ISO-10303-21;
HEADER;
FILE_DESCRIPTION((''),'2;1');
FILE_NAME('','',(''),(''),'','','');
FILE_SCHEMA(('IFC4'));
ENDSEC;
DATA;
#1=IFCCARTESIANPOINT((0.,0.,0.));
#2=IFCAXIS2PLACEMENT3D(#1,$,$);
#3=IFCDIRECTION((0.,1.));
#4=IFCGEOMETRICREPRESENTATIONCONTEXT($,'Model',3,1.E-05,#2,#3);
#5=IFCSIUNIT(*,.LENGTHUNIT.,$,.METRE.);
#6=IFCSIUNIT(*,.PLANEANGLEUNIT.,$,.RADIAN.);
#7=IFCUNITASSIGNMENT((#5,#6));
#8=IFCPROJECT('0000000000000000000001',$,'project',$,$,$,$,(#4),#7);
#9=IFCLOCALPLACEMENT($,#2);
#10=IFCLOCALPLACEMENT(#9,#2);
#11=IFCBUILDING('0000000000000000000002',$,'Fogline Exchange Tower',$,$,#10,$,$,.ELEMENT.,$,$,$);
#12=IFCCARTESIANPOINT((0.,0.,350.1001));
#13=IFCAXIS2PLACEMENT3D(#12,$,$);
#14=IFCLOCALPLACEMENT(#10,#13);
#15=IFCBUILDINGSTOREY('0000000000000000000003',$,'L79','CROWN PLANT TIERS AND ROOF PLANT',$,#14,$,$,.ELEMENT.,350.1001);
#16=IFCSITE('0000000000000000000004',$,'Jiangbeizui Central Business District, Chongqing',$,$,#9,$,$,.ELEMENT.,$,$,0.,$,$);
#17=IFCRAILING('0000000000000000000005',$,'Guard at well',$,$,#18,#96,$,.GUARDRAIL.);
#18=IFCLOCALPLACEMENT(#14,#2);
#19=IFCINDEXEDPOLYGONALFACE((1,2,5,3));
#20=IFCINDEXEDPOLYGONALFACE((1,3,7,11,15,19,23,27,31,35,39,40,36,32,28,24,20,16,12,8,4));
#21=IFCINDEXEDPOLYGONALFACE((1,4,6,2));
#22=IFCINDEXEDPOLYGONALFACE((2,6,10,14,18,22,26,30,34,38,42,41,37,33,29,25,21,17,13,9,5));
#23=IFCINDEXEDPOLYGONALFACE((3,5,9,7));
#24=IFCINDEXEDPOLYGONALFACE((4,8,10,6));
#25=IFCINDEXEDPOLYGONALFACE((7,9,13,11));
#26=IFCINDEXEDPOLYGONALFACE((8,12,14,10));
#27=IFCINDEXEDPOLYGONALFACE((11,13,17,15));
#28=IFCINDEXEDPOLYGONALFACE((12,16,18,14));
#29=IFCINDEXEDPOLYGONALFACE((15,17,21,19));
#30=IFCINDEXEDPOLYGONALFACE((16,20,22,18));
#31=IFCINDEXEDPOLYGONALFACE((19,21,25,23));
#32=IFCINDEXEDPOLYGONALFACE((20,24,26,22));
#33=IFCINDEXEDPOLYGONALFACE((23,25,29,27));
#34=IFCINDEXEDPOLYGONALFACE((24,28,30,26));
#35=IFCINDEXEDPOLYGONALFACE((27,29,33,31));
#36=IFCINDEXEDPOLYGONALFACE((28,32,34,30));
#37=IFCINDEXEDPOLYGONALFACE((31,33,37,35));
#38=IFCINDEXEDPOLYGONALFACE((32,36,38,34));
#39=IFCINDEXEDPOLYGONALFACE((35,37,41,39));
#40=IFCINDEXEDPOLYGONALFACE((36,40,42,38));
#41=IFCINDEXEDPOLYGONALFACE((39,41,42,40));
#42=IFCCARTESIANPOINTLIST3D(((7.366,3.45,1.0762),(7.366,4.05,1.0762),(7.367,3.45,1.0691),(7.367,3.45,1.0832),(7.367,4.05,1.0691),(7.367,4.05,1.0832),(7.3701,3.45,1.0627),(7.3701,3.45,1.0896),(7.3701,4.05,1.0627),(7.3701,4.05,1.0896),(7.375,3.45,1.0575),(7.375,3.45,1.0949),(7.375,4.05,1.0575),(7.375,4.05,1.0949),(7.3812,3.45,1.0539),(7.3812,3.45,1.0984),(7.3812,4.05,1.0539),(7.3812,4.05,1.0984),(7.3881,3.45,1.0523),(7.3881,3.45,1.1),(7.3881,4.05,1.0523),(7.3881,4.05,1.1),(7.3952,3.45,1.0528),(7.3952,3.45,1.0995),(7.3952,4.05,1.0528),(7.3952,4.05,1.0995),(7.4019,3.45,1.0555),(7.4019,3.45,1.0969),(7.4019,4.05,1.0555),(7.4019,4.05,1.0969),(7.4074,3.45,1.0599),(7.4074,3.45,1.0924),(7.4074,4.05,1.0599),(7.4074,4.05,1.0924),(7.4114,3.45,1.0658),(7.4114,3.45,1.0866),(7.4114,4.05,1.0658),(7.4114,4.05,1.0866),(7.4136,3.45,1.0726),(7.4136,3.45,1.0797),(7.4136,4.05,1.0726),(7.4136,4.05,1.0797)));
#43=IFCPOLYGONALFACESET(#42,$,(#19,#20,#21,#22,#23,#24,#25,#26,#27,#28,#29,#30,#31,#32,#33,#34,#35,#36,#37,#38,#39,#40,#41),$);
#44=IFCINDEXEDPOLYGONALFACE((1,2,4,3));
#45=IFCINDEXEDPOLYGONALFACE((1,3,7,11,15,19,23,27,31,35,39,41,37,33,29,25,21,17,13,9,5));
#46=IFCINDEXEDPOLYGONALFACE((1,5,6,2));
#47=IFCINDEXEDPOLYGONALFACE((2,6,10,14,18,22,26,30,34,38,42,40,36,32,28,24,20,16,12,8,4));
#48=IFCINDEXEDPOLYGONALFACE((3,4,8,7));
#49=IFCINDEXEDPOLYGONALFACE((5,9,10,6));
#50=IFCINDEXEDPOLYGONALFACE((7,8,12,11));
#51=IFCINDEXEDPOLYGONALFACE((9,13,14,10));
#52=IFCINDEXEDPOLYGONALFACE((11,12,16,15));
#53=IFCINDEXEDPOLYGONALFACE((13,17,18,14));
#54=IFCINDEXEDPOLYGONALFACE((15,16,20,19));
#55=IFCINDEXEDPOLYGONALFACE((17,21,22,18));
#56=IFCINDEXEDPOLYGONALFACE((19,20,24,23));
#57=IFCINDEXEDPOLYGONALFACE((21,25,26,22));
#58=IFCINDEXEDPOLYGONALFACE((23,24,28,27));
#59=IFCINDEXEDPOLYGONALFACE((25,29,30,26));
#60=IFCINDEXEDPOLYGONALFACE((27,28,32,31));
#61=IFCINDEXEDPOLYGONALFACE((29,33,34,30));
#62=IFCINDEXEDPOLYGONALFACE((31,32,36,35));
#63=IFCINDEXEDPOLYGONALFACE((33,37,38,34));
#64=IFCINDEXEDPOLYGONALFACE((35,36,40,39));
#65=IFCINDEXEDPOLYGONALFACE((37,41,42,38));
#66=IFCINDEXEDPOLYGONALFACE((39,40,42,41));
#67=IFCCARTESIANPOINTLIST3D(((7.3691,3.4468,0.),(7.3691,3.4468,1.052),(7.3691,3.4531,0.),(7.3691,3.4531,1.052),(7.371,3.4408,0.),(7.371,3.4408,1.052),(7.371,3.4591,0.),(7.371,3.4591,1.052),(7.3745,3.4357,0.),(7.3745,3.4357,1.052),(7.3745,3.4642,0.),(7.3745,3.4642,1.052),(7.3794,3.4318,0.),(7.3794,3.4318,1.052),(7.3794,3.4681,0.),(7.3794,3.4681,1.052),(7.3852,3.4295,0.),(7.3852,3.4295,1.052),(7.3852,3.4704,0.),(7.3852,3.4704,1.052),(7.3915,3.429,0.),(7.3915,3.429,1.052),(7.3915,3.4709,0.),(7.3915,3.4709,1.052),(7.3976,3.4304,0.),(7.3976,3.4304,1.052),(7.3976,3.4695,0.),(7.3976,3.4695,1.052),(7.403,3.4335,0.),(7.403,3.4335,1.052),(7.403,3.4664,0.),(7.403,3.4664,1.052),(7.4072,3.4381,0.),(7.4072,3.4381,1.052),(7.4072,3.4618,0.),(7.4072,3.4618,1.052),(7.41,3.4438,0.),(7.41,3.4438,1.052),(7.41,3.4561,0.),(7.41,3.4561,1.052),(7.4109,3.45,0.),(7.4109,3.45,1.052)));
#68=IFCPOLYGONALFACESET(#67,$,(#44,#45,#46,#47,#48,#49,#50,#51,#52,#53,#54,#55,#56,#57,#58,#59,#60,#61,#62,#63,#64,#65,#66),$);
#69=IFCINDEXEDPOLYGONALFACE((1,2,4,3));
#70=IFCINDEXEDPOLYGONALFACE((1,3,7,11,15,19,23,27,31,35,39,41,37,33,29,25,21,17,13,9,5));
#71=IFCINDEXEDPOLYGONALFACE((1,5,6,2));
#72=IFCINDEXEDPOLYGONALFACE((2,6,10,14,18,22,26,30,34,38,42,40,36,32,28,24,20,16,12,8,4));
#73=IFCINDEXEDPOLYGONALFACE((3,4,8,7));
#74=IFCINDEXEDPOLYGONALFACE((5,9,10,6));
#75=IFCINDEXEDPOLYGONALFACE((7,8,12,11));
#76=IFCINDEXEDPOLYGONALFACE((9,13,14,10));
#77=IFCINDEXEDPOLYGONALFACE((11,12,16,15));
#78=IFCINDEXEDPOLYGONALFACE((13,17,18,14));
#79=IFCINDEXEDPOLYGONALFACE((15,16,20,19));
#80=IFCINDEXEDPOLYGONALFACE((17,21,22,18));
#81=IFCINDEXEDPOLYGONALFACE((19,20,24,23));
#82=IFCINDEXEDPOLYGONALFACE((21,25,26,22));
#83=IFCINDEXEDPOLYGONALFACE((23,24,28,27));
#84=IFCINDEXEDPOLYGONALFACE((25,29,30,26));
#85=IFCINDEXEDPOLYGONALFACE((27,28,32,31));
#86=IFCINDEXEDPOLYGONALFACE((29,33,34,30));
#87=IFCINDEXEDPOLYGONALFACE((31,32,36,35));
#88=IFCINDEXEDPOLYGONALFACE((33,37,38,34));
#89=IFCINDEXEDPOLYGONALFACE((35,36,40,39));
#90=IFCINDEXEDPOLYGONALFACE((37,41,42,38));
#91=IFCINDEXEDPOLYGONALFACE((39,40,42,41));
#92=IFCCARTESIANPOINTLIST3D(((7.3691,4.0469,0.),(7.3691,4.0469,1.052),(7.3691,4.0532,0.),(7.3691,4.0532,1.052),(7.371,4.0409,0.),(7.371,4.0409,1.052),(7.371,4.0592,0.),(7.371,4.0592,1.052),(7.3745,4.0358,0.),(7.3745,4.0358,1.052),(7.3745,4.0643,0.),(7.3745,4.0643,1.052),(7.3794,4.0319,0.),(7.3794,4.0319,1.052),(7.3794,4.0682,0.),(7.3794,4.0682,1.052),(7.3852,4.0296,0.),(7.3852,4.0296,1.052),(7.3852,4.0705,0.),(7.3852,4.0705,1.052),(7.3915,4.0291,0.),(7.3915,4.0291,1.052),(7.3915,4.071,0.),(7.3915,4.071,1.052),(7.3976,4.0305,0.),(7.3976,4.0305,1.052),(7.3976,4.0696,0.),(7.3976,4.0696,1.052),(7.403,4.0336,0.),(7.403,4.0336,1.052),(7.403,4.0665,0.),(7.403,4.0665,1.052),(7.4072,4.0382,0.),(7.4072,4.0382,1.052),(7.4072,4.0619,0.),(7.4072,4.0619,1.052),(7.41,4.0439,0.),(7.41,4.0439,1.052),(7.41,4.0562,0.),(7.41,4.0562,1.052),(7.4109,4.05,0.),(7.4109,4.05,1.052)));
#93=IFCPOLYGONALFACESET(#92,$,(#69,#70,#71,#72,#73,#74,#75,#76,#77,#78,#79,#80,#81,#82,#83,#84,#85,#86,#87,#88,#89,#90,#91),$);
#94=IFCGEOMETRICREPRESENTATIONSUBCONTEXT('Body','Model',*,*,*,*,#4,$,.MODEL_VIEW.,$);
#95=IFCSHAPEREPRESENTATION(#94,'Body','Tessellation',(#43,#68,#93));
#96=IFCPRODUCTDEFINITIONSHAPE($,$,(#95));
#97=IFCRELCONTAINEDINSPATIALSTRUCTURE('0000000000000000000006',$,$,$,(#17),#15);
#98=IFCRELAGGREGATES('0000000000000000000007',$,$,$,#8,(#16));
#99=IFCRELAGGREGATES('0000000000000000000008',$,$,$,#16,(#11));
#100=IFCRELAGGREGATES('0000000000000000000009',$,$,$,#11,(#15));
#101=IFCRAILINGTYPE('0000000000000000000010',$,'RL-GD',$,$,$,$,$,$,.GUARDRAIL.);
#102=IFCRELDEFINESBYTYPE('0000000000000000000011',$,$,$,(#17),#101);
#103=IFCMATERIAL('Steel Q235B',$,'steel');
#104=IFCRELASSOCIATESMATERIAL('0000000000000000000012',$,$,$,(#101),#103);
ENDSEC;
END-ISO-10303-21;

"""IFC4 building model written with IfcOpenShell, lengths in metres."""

from ifc_helpers import new_model, si_unit, direction, frame, origin, origin_2d, place, context, subcontext, project, spatial, circle, extrude, material, type_object, element, save


model = new_model("IFC4")

# Units and contexts
model_context = context("Model", 3, precision=1e-05, world=origin(), true_north=direction((0.0, 1.0)))
body_context = subcontext(model_context, "Body", "Model", "MODEL_VIEW")
ifc_project = project(units=[si_unit("LENGTHUNIT", "METRE"), si_unit("PLANEANGLEUNIT", "RADIAN")], contexts=[model_context])

# Site, building, storey
site_placement = place(None, origin())
site = spatial("IfcSite", under=ifc_project, at=site_placement, Name="Jiangbeizui Central Business District, Chongqing", CompositionType="ELEMENT", RefElevation=0.0)
building_placement = place(site_placement, origin())
building = spatial("IfcBuilding", under=site, at=building_placement, Name="Fogline Exchange Tower", CompositionType="ELEMENT")
storey_placement = place(building_placement, frame((0.0, 0.0, 350.1001)))
storey = spatial("IfcBuildingStorey", under=building, at=storey_placement, Name="L79", Description="CROWN PLANT TIERS AND ROOF PLANT", CompositionType="ELEMENT", Elevation=350.1001)

# Railing
ifc_material_1 = material(Name="Steel Q235B", Category="steel")
railing_type_1 = type_object("IfcRailingType", Name="RL-GD", PredefinedType="GUARDRAIL", material=ifc_material_1)
railing_1_placement = place(storey_placement, frame((7.3899, 3.45, 0.0)))
element("IfcRailing", 1, at=railing_1_placement, inside=storey, type_object=railing_type_1, Name="Guard at well", PredefinedType="GUARDRAIL", context=body_context, shape_type="SweptSolid", body=[
    extrude(circle(Radius=0.0239, at=origin_2d()), frame((0.0, 0.0, 1.0762), z_axis=(0.0, 1.0, 0.0), x_axis=(-1.0, 0.0, 0.0)), (0.0, 0.0, 1.0), 0.6001),
    extrude(circle(Radius=0.021, at=origin_2d()), origin(), (0.0, 0.0, 1.0), 1.052),
    extrude(circle(Radius=0.021, at=origin_2d()), frame((0.0, 0.6001, 0.0)), (0.0, 0.0, 1.0), 1.052),
])

save(model, "model.ifc")
